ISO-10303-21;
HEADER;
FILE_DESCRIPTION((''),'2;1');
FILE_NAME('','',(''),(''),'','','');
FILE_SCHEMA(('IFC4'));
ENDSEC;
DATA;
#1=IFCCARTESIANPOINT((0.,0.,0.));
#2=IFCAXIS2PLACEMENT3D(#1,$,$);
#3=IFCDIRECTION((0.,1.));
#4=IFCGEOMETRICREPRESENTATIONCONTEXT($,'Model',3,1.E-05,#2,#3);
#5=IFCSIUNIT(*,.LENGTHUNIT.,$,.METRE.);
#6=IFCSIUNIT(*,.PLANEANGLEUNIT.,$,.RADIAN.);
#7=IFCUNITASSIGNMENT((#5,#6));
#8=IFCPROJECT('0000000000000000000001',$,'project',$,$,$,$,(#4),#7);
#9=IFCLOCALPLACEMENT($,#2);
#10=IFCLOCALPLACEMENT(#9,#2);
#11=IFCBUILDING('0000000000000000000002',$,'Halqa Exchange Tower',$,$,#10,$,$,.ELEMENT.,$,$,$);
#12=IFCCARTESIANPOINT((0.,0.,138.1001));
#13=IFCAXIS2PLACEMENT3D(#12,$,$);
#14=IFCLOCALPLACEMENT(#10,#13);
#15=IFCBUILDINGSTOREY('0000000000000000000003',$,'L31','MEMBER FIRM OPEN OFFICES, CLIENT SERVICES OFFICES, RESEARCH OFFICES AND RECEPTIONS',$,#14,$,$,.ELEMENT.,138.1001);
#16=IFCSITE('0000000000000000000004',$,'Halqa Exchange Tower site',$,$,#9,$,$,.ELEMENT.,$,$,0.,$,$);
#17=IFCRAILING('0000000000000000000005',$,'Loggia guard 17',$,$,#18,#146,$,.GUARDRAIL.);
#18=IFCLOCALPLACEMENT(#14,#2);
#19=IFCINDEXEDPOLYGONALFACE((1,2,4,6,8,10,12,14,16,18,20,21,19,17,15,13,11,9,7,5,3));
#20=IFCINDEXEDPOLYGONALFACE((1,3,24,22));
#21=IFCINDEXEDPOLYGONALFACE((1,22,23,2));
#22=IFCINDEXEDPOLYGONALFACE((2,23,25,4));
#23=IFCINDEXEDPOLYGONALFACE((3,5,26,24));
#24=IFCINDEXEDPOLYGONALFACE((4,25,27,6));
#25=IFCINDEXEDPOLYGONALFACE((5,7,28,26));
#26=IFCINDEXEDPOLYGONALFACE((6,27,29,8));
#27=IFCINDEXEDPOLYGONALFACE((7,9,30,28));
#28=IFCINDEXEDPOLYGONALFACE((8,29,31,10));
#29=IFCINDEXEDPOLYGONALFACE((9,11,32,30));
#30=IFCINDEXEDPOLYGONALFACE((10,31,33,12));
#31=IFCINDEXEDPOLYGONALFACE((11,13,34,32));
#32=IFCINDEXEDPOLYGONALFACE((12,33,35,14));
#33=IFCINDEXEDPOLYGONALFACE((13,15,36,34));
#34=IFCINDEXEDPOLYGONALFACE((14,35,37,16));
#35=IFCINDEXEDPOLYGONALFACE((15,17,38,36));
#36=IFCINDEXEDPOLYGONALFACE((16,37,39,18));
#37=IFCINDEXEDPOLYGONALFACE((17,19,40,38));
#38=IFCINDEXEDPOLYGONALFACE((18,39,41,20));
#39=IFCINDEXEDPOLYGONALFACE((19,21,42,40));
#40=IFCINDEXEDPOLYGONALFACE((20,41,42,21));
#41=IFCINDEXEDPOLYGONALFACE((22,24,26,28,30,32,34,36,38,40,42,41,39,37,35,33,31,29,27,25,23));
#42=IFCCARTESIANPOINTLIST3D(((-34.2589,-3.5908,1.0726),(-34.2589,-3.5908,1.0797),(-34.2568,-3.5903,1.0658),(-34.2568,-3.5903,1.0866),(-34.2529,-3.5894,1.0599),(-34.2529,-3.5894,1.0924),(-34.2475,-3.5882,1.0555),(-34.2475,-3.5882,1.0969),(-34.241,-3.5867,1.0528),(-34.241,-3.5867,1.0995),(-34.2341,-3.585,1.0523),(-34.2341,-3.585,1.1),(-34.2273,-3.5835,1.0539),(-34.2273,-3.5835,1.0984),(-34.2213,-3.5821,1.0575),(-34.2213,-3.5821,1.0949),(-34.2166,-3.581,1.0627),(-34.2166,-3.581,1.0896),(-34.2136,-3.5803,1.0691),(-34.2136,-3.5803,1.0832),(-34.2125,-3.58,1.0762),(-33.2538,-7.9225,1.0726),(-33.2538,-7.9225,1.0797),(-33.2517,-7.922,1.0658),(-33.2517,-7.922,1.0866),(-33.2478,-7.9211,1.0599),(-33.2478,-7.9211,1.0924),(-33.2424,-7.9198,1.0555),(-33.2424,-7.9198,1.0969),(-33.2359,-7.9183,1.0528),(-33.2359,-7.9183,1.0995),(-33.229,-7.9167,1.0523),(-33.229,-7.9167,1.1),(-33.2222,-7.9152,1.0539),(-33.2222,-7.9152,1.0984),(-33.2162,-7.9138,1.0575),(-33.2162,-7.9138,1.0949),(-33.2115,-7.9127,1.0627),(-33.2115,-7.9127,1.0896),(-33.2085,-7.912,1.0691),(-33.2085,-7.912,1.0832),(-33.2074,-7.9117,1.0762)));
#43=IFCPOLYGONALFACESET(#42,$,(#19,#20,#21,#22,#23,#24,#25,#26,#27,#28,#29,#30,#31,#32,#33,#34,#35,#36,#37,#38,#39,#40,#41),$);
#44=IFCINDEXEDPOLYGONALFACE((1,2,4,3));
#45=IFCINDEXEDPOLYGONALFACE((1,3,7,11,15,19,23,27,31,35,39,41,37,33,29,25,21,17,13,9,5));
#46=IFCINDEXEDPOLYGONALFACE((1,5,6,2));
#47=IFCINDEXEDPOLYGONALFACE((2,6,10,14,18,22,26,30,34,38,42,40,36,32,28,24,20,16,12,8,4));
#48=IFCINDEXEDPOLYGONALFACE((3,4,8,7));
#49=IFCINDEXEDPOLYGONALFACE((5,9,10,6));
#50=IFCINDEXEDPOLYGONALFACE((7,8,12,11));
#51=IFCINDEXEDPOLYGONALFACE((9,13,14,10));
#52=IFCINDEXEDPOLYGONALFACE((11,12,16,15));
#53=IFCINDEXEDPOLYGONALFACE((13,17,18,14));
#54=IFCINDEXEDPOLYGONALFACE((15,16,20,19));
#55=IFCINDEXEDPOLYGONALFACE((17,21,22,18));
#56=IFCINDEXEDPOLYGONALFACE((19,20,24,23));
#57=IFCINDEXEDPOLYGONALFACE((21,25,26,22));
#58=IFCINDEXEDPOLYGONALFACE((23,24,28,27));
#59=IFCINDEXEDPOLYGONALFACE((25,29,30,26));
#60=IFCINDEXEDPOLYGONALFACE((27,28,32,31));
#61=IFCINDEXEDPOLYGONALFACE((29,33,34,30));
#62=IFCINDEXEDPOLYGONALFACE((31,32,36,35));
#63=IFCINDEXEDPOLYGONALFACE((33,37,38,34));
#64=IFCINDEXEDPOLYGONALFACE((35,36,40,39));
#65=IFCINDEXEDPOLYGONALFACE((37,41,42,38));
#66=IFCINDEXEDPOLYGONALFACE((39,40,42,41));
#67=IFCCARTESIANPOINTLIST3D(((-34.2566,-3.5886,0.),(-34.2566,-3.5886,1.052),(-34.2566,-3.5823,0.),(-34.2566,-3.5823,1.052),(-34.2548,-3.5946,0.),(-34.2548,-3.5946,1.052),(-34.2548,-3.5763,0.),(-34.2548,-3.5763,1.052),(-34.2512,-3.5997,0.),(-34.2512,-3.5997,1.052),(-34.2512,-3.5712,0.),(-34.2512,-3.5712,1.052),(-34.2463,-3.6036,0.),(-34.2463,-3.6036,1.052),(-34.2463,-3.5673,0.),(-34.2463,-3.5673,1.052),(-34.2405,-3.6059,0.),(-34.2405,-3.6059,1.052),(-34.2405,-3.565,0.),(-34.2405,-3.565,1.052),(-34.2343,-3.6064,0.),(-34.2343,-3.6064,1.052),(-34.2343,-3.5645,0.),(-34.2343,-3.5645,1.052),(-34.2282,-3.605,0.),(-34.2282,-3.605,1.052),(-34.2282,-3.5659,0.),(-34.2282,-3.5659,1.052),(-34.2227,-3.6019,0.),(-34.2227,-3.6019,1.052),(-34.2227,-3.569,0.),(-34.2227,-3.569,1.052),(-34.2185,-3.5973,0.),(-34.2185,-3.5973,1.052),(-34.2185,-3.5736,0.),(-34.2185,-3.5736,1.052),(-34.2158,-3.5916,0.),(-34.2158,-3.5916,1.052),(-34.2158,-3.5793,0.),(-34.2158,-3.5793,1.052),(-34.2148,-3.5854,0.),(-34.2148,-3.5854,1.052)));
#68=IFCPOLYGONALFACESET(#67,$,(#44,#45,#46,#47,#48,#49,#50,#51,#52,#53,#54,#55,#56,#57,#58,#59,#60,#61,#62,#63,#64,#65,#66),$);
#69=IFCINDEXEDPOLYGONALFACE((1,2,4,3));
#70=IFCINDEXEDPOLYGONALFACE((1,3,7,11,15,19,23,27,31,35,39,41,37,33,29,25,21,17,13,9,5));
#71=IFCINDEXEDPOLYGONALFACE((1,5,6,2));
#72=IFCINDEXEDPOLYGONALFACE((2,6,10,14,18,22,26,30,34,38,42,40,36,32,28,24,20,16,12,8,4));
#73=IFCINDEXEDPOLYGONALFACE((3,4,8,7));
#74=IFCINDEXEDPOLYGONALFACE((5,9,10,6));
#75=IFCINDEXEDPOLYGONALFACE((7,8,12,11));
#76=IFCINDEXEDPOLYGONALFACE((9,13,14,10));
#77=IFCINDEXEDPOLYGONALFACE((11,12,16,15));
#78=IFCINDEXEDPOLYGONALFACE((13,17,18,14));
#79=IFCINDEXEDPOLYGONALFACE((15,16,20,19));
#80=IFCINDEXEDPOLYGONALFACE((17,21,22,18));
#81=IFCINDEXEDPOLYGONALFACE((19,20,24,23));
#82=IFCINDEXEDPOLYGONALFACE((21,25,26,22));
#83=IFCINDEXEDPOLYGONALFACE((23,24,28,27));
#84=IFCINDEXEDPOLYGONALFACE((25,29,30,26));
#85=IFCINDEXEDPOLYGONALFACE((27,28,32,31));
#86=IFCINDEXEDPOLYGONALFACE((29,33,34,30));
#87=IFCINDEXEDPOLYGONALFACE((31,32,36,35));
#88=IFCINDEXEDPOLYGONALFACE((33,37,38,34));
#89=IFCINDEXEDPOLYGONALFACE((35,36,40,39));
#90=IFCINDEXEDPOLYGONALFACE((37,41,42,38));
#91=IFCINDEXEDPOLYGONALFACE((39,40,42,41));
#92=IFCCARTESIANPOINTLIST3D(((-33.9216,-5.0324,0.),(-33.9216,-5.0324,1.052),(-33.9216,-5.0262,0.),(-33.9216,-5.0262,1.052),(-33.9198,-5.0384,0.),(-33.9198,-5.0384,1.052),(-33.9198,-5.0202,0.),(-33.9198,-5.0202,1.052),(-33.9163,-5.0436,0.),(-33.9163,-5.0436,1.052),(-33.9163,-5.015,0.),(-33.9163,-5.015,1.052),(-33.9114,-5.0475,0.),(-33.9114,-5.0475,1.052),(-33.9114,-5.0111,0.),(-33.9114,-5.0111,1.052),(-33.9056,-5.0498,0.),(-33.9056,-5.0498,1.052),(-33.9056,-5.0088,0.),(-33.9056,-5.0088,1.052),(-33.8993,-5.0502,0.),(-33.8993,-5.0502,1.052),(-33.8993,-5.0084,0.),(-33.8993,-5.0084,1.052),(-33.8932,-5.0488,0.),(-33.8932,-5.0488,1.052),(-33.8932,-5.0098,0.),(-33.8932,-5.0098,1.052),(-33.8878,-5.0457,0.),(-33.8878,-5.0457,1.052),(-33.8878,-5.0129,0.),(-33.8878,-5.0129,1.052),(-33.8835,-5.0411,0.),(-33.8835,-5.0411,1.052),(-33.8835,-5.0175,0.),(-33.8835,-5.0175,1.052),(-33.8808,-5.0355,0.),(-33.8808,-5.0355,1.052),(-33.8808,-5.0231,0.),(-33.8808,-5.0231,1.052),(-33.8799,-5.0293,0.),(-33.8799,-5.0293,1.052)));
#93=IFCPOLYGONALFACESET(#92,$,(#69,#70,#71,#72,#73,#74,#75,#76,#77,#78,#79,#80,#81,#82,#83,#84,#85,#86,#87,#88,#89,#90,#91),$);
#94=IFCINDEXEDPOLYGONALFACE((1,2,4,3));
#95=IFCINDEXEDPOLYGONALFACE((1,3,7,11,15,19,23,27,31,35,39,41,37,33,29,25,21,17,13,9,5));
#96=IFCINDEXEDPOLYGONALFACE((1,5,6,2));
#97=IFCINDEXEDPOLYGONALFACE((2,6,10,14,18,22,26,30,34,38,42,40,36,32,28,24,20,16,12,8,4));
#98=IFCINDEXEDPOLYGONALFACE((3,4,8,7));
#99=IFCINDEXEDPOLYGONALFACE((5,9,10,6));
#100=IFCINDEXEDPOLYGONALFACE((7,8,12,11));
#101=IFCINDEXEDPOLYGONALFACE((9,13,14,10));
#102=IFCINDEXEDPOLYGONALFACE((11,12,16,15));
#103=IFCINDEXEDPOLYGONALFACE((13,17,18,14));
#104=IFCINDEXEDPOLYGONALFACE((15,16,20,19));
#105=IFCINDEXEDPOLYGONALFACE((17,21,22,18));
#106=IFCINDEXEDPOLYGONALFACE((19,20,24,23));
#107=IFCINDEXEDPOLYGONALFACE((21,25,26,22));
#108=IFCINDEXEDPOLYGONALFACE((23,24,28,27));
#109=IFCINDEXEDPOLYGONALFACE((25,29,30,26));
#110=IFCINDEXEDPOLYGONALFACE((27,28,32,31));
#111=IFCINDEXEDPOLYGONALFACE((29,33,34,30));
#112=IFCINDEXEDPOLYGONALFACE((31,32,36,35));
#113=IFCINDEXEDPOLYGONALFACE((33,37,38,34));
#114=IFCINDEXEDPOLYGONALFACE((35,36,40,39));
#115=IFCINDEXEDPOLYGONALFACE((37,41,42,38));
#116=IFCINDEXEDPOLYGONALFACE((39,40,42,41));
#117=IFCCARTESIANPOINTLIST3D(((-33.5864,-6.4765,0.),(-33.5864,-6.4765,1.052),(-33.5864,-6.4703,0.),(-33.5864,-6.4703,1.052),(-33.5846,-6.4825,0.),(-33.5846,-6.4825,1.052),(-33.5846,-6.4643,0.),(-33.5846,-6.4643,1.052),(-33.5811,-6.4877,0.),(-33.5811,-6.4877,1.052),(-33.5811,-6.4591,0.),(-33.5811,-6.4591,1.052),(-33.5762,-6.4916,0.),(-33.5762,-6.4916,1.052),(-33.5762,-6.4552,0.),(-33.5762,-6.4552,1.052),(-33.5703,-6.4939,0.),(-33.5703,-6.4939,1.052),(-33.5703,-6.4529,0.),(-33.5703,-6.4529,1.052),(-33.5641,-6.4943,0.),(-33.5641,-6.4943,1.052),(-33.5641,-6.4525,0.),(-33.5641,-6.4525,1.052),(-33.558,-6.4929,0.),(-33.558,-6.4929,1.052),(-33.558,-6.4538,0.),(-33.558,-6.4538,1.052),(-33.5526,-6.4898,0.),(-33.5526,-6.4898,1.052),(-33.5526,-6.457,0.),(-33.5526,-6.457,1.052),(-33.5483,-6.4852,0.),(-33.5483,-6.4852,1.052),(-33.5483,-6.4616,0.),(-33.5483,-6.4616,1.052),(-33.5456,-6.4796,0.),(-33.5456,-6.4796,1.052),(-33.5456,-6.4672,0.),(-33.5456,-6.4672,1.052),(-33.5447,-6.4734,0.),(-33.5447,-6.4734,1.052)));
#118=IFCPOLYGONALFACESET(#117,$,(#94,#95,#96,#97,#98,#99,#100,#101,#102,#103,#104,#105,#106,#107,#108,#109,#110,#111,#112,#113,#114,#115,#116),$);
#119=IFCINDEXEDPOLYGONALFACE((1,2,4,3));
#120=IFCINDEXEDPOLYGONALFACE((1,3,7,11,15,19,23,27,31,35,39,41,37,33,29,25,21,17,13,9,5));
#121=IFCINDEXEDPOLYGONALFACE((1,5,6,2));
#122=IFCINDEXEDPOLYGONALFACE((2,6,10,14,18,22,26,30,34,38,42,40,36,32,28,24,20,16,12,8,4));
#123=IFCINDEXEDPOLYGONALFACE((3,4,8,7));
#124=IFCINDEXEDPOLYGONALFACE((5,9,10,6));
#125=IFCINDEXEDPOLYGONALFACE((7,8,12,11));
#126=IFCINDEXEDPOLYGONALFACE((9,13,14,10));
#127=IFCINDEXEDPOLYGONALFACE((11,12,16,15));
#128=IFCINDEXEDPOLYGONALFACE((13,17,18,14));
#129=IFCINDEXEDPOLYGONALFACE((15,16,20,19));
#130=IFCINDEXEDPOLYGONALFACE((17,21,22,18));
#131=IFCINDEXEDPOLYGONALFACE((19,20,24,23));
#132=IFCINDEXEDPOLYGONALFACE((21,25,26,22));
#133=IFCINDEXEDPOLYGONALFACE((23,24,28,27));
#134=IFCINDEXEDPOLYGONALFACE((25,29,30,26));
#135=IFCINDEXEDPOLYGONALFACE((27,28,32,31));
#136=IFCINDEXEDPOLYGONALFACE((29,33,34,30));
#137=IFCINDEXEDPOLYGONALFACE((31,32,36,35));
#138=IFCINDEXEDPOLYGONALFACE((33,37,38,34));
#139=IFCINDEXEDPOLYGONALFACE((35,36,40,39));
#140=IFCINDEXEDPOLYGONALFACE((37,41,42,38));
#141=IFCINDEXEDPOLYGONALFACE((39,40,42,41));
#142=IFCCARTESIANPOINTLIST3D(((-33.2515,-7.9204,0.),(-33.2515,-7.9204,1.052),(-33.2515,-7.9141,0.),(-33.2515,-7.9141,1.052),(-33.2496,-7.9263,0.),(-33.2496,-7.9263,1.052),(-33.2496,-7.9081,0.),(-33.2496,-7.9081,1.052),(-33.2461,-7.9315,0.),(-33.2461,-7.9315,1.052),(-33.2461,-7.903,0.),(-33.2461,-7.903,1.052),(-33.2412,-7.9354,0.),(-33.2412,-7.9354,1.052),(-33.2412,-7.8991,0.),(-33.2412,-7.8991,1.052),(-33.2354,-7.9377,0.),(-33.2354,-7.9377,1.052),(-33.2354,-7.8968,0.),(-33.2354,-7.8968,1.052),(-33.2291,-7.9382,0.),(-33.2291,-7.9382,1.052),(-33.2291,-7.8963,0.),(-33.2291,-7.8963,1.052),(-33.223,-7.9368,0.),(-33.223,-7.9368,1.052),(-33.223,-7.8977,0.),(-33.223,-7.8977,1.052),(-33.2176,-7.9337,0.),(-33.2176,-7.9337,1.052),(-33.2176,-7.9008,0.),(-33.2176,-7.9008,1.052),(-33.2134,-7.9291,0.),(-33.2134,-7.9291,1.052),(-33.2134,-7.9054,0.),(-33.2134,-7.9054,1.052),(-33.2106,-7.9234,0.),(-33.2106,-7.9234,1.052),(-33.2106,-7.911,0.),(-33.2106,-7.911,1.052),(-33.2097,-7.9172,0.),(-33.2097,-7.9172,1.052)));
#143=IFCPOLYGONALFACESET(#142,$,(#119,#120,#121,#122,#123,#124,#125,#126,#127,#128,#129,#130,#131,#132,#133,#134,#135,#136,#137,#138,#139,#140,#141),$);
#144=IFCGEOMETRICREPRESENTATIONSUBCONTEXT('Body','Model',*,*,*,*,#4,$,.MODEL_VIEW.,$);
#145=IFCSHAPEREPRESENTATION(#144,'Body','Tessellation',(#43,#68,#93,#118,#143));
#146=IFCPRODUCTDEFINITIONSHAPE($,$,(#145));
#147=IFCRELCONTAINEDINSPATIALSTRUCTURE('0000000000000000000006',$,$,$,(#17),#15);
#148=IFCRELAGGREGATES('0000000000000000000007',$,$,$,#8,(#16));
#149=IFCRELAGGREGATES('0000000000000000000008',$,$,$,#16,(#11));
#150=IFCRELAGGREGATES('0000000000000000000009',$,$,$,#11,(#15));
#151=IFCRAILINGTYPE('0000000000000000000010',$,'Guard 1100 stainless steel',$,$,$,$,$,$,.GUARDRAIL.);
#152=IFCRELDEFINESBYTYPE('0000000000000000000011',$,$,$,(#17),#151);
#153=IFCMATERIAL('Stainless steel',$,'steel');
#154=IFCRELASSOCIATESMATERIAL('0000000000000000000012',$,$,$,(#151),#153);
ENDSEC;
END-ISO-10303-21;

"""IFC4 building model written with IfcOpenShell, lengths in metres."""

from ifc_helpers import new_model, si_unit, direction, frame, origin, origin_2d, place, context, subcontext, project, spatial, circle, extrude, material, type_object, element, save


model = new_model("IFC4")

# Units and contexts
model_context = context("Model", 3, precision=1e-05, world=origin(), true_north=direction((0.0, 1.0)))
body_context = subcontext(model_context, "Body", "Model", "MODEL_VIEW")
ifc_project = project(units=[si_unit("LENGTHUNIT", "METRE"), si_unit("PLANEANGLEUNIT", "RADIAN")], contexts=[model_context])

# Site, building, storey
site_placement = place(None, origin())
site = spatial("IfcSite", under=ifc_project, at=site_placement, Name="Halqa Exchange Tower site", CompositionType="ELEMENT", RefElevation=0.0)
building_placement = place(site_placement, origin())
building = spatial("IfcBuilding", under=site, at=building_placement, Name="Halqa Exchange Tower", CompositionType="ELEMENT")
storey_placement = place(building_placement, frame((0.0, 0.0, 138.1001)))
storey = spatial("IfcBuildingStorey", under=building, at=storey_placement, Name="L31", Description="MEMBER FIRM OPEN OFFICES, CLIENT SERVICES OFFICES, RESEARCH OFFICES AND RECEPTIONS", CompositionType="ELEMENT", Elevation=138.1001)

# Railing
ifc_material_1 = material(Name="Stainless steel", Category="steel")
railing_type = type_object("IfcRailingType", Name="Guard 1100 stainless steel", PredefinedType="GUARDRAIL", material=ifc_material_1)
railing_1_placement = place(storey_placement, frame((-34.2358, -3.5854, 0.0)))
element("IfcRailing", 1, at=railing_1_placement, inside=storey, type_object=railing_type, Name="Loggia guard 17", PredefinedType="GUARDRAIL", context=body_context, shape_type="SweptSolid", body=[
    extrude(circle(Radius=0.0239, at=origin_2d()), frame((0.0, 0.0, 1.0762), z_axis=(0.22603, -0.97412, 0.0), x_axis=(0.97412, 0.22603, 0.0)), (0.0, 0.0, 1.0), 4.4468),
    extrude(circle(Radius=0.021, at=origin_2d()), origin(), (0.0, 0.0, 1.0), 1.052),
    extrude(circle(Radius=0.021, at=origin_2d()), frame((0.335, -1.4438, 0.0)), (0.0, 0.0, 1.0), 1.052),
    extrude(circle(Radius=0.021, at=origin_2d()), frame((0.6702, -2.8879, 0.0)), (0.0, 0.0, 1.0), 1.052),
    extrude(circle(Radius=0.021, at=origin_2d()), frame((1.0051, -4.3318, 0.0)), (0.0, 0.0, 1.0), 1.052),
])

save(model, "model.ifc")
